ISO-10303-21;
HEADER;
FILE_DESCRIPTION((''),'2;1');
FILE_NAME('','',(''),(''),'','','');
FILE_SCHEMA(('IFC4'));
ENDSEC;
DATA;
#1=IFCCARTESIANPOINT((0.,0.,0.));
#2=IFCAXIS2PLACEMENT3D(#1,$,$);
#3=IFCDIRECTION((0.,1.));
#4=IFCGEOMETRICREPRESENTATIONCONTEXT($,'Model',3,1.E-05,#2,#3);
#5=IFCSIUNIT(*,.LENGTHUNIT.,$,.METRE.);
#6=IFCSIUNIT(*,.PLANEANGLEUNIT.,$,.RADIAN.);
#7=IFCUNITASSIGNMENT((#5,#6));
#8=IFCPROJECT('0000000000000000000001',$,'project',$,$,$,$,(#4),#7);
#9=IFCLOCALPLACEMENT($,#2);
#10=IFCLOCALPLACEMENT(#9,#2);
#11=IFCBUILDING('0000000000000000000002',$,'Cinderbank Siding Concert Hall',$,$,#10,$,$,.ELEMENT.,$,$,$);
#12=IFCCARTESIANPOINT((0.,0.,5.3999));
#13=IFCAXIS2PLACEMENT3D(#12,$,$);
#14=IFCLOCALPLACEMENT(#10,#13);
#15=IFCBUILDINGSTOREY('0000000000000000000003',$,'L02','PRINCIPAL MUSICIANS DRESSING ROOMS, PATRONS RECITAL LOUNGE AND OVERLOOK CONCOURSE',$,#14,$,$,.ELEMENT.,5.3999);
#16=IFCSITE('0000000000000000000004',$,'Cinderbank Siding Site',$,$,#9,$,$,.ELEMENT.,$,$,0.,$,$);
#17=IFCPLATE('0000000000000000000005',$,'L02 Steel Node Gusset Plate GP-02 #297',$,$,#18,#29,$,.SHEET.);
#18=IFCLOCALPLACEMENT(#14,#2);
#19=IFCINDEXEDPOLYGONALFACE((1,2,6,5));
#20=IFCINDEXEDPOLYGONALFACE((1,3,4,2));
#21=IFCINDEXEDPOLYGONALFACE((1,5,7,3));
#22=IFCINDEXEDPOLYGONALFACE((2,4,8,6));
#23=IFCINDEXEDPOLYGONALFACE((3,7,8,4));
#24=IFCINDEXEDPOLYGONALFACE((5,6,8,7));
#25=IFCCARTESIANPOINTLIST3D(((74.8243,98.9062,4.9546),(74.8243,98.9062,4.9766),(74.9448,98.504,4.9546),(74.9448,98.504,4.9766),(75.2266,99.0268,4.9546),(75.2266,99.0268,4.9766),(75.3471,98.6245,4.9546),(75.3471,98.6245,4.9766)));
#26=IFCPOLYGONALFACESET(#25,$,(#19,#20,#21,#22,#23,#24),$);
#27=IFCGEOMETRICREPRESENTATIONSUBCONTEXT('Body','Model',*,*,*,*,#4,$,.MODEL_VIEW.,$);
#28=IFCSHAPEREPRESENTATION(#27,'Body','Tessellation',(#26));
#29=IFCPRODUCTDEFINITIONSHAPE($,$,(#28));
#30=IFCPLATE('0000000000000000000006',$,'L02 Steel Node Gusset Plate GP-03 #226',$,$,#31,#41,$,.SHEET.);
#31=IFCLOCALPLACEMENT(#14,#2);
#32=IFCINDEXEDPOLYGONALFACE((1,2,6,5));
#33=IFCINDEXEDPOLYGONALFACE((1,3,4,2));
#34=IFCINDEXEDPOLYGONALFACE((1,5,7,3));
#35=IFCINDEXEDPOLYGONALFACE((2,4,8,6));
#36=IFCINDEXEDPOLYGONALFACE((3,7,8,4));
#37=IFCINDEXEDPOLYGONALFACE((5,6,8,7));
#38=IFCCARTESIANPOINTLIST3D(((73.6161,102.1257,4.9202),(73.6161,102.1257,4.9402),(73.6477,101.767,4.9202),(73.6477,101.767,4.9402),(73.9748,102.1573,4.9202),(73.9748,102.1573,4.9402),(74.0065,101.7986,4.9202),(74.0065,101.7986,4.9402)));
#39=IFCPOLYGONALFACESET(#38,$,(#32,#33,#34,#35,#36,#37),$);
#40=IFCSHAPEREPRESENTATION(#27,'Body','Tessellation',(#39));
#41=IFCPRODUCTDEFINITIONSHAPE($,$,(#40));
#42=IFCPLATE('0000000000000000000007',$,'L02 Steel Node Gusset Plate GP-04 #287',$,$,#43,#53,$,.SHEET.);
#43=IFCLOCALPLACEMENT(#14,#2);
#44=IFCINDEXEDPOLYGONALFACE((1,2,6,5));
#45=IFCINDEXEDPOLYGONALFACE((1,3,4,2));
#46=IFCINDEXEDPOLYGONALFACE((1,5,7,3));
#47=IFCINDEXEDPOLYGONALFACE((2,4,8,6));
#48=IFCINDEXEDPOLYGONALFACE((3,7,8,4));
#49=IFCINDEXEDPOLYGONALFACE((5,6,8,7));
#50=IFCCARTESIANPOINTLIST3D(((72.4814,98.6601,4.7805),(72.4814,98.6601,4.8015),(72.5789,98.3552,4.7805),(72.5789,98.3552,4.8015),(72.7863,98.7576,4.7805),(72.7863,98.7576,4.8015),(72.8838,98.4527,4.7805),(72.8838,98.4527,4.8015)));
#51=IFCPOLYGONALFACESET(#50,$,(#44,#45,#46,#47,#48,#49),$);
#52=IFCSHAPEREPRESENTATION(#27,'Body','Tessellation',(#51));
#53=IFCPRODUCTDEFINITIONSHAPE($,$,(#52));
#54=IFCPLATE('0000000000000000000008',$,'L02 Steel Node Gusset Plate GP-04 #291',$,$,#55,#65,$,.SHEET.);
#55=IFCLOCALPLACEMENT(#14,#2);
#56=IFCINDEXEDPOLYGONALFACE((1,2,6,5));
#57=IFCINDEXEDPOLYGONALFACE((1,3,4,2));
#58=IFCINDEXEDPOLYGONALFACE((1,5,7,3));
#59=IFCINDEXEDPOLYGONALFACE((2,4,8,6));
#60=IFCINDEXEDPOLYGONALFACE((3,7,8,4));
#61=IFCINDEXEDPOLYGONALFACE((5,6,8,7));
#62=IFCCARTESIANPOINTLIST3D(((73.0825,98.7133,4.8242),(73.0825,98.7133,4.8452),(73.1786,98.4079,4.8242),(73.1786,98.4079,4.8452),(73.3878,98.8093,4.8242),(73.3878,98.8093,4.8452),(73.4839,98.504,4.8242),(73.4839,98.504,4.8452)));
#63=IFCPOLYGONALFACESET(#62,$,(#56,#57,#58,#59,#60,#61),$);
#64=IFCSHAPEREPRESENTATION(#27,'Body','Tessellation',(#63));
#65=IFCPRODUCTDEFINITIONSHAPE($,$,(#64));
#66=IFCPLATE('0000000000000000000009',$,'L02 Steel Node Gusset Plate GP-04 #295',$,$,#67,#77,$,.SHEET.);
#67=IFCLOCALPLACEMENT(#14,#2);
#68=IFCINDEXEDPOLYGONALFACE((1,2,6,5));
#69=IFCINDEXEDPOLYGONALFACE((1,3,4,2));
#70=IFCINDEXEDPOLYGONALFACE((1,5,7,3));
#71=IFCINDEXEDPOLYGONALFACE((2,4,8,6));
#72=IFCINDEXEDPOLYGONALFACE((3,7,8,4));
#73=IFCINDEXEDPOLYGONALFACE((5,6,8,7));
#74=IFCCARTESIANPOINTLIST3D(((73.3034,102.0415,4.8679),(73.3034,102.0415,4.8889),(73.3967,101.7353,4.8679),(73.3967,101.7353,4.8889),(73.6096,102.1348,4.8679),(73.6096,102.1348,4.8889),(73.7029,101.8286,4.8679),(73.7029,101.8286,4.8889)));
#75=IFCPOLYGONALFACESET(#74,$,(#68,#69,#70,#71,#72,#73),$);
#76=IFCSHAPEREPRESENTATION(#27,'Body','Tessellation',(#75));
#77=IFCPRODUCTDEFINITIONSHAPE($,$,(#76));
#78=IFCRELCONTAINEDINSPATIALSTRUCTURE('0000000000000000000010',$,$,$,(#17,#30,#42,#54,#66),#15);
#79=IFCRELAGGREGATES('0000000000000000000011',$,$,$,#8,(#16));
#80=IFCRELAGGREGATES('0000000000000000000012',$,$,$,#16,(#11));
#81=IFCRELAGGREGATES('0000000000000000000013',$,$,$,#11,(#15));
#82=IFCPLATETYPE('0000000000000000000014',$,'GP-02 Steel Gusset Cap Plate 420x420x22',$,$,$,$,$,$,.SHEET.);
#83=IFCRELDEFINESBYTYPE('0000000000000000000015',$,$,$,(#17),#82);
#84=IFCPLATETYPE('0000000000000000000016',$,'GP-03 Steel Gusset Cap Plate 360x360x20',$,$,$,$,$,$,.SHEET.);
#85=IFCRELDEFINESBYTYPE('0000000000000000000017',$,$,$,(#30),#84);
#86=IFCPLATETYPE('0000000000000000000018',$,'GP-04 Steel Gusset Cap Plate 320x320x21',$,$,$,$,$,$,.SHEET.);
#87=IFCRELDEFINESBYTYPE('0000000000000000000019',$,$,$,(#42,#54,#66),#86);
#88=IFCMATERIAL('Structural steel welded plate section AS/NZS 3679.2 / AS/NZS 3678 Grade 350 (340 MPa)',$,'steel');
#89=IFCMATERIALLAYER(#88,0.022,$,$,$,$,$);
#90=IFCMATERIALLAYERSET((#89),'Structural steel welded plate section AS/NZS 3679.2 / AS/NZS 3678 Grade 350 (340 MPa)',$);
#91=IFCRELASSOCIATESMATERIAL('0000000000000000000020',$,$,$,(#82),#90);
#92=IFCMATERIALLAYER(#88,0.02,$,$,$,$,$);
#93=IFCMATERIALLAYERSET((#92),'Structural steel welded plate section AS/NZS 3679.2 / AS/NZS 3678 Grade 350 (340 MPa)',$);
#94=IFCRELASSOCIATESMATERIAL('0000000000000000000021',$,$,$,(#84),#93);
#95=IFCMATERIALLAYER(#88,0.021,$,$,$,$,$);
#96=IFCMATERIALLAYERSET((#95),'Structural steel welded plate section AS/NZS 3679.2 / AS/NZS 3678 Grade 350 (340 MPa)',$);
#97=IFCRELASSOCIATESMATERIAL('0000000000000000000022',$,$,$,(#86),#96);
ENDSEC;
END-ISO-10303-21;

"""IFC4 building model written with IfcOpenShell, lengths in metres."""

from ifc_helpers import new_model, si_unit, direction, frame, origin, origin_2d, place, context, subcontext, project, spatial, rectangle, extrude, material, layer, layer_set, type_object, element, save


model = new_model("IFC4")

# Units and contexts
model_context = context("Model", 3, precision=1e-05, world=origin(), true_north=direction((0.0, 1.0)))
body_context = subcontext(model_context, "Body", "Model", "MODEL_VIEW")
ifc_project = project(units=[si_unit("LENGTHUNIT", "METRE"), si_unit("PLANEANGLEUNIT", "RADIAN")], contexts=[model_context])

# Site, building, storey
site_placement = place(None, origin())
site = spatial("IfcSite", under=ifc_project, at=site_placement, Name="Cinderbank Siding Site", CompositionType="ELEMENT", RefElevation=0.0)
building_placement = place(site_placement, origin())
building = spatial("IfcBuilding", under=site, at=building_placement, Name="Cinderbank Siding Concert Hall", CompositionType="ELEMENT")
storey_placement = place(building_placement, frame((0.0, 0.0, 5.3999)))
storey = spatial("IfcBuildingStorey", under=building, at=storey_placement, Name="L02", Description="PRINCIPAL MUSICIANS DRESSING ROOMS, PATRONS RECITAL LOUNGE AND OVERLOOK CONCOURSE", CompositionType="ELEMENT", Elevation=5.3999)

# Plates
ifc_material_1 = material(Name="Structural steel welded plate section AS/NZS 3679.2 / AS/NZS 3678 Grade 350 (340 MPa)", Category="steel")
ifc_layer_1 = layer(ifc_material_1, 0.022)
ifc_layer_set_1 = layer_set([ifc_layer_1], Name="Structural steel welded plate section AS/NZS 3679.2 / AS/NZS 3678 Grade 350 (340 MPa)")
plate_type_1 = type_object("IfcPlateType", Name="GP-02 Steel Gusset Cap Plate 420x420x22", PredefinedType="SHEET", material=ifc_layer_set_1)
for number, where, z_axis, x_axis, name in (
    (1, (75.0857, 98.7654, 4.9546), (0.0, 0.0, 1.0), (0.287026, -0.957923, 0.0), "L02 Steel Node Gusset Plate GP-02 #297"),
):
    element("IfcPlate", number, at=place(storey_placement, frame(where, z_axis=z_axis, x_axis=x_axis)), inside=storey, type_object=plate_type_1, Name=name, PredefinedType="SHEET", context=body_context, shape_type="SweptSolid", body=[
        extrude(rectangle(XDim=0.4199, YDim=0.4199, at=origin_2d()), origin(), (0.0, 0.0, 1.0), 0.022),
    ])
ifc_layer_2 = layer(ifc_material_1, 0.02)
ifc_layer_set_2 = layer_set([ifc_layer_2], Name="Structural steel welded plate section AS/NZS 3679.2 / AS/NZS 3678 Grade 350 (340 MPa)")
plate_type_2 = type_object("IfcPlateType", Name="GP-03 Steel Gusset Cap Plate 360x360x20", PredefinedType="SHEET", material=ifc_layer_set_2)
plate_1_placement = place(storey_placement, frame((73.8113, 101.9622, 4.9202), z_axis=(0.0, 0.0, 1.0), x_axis=(0.996134, 0.087851, 0.0)))
element("IfcPlate", 2, at=plate_1_placement, inside=storey, type_object=plate_type_2, Name="L02 Steel Node Gusset Plate GP-03 #226", PredefinedType="SHEET", context=body_context, shape_type="SweptSolid", body=[
    extrude(rectangle(XDim=0.3601, YDim=0.3601, at=origin_2d()), origin(), (0.0, 0.0, 1.0), 0.02),
])
ifc_layer_3 = layer(ifc_material_1, 0.021)
ifc_layer_set_3 = layer_set([ifc_layer_3], Name="Structural steel welded plate section AS/NZS 3679.2 / AS/NZS 3678 Grade 350 (340 MPa)")
plate_type_3 = type_object("IfcPlateType", Name="GP-04 Steel Gusset Cap Plate 320x320x21", PredefinedType="SHEET", material=ifc_layer_set_3)
for number, where, z_axis, x_axis, name in (
    (3, (72.6826, 98.5564, 4.7805), (0.0, 0.0, 1.0), (0.304532, -0.952502, 0.0), "L02 Steel Node Gusset Plate GP-04 #287"),
    (4, (73.2832, 98.6086, 4.8242), (0.0, 0.0, 1.0), (0.300206, -0.953874, 0.0), "L02 Steel Node Gusset Plate GP-04 #291"),
    (5, (73.5032, 101.9351, 4.8679), (0.0, 0.0, 1.0), (0.291537, -0.95656, 0.0), "L02 Steel Node Gusset Plate GP-04 #295"),
):
    element("IfcPlate", number, at=place(storey_placement, frame(where, z_axis=z_axis, x_axis=x_axis)), inside=storey, type_object=plate_type_3, Name=name, PredefinedType="SHEET", context=body_context, shape_type="SweptSolid", body=[
        extrude(rectangle(XDim=0.3201, YDim=0.3201, at=origin_2d()), origin(), (0.0, 0.0, 1.0), 0.021),
    ])

save(model, "model.ifc")
